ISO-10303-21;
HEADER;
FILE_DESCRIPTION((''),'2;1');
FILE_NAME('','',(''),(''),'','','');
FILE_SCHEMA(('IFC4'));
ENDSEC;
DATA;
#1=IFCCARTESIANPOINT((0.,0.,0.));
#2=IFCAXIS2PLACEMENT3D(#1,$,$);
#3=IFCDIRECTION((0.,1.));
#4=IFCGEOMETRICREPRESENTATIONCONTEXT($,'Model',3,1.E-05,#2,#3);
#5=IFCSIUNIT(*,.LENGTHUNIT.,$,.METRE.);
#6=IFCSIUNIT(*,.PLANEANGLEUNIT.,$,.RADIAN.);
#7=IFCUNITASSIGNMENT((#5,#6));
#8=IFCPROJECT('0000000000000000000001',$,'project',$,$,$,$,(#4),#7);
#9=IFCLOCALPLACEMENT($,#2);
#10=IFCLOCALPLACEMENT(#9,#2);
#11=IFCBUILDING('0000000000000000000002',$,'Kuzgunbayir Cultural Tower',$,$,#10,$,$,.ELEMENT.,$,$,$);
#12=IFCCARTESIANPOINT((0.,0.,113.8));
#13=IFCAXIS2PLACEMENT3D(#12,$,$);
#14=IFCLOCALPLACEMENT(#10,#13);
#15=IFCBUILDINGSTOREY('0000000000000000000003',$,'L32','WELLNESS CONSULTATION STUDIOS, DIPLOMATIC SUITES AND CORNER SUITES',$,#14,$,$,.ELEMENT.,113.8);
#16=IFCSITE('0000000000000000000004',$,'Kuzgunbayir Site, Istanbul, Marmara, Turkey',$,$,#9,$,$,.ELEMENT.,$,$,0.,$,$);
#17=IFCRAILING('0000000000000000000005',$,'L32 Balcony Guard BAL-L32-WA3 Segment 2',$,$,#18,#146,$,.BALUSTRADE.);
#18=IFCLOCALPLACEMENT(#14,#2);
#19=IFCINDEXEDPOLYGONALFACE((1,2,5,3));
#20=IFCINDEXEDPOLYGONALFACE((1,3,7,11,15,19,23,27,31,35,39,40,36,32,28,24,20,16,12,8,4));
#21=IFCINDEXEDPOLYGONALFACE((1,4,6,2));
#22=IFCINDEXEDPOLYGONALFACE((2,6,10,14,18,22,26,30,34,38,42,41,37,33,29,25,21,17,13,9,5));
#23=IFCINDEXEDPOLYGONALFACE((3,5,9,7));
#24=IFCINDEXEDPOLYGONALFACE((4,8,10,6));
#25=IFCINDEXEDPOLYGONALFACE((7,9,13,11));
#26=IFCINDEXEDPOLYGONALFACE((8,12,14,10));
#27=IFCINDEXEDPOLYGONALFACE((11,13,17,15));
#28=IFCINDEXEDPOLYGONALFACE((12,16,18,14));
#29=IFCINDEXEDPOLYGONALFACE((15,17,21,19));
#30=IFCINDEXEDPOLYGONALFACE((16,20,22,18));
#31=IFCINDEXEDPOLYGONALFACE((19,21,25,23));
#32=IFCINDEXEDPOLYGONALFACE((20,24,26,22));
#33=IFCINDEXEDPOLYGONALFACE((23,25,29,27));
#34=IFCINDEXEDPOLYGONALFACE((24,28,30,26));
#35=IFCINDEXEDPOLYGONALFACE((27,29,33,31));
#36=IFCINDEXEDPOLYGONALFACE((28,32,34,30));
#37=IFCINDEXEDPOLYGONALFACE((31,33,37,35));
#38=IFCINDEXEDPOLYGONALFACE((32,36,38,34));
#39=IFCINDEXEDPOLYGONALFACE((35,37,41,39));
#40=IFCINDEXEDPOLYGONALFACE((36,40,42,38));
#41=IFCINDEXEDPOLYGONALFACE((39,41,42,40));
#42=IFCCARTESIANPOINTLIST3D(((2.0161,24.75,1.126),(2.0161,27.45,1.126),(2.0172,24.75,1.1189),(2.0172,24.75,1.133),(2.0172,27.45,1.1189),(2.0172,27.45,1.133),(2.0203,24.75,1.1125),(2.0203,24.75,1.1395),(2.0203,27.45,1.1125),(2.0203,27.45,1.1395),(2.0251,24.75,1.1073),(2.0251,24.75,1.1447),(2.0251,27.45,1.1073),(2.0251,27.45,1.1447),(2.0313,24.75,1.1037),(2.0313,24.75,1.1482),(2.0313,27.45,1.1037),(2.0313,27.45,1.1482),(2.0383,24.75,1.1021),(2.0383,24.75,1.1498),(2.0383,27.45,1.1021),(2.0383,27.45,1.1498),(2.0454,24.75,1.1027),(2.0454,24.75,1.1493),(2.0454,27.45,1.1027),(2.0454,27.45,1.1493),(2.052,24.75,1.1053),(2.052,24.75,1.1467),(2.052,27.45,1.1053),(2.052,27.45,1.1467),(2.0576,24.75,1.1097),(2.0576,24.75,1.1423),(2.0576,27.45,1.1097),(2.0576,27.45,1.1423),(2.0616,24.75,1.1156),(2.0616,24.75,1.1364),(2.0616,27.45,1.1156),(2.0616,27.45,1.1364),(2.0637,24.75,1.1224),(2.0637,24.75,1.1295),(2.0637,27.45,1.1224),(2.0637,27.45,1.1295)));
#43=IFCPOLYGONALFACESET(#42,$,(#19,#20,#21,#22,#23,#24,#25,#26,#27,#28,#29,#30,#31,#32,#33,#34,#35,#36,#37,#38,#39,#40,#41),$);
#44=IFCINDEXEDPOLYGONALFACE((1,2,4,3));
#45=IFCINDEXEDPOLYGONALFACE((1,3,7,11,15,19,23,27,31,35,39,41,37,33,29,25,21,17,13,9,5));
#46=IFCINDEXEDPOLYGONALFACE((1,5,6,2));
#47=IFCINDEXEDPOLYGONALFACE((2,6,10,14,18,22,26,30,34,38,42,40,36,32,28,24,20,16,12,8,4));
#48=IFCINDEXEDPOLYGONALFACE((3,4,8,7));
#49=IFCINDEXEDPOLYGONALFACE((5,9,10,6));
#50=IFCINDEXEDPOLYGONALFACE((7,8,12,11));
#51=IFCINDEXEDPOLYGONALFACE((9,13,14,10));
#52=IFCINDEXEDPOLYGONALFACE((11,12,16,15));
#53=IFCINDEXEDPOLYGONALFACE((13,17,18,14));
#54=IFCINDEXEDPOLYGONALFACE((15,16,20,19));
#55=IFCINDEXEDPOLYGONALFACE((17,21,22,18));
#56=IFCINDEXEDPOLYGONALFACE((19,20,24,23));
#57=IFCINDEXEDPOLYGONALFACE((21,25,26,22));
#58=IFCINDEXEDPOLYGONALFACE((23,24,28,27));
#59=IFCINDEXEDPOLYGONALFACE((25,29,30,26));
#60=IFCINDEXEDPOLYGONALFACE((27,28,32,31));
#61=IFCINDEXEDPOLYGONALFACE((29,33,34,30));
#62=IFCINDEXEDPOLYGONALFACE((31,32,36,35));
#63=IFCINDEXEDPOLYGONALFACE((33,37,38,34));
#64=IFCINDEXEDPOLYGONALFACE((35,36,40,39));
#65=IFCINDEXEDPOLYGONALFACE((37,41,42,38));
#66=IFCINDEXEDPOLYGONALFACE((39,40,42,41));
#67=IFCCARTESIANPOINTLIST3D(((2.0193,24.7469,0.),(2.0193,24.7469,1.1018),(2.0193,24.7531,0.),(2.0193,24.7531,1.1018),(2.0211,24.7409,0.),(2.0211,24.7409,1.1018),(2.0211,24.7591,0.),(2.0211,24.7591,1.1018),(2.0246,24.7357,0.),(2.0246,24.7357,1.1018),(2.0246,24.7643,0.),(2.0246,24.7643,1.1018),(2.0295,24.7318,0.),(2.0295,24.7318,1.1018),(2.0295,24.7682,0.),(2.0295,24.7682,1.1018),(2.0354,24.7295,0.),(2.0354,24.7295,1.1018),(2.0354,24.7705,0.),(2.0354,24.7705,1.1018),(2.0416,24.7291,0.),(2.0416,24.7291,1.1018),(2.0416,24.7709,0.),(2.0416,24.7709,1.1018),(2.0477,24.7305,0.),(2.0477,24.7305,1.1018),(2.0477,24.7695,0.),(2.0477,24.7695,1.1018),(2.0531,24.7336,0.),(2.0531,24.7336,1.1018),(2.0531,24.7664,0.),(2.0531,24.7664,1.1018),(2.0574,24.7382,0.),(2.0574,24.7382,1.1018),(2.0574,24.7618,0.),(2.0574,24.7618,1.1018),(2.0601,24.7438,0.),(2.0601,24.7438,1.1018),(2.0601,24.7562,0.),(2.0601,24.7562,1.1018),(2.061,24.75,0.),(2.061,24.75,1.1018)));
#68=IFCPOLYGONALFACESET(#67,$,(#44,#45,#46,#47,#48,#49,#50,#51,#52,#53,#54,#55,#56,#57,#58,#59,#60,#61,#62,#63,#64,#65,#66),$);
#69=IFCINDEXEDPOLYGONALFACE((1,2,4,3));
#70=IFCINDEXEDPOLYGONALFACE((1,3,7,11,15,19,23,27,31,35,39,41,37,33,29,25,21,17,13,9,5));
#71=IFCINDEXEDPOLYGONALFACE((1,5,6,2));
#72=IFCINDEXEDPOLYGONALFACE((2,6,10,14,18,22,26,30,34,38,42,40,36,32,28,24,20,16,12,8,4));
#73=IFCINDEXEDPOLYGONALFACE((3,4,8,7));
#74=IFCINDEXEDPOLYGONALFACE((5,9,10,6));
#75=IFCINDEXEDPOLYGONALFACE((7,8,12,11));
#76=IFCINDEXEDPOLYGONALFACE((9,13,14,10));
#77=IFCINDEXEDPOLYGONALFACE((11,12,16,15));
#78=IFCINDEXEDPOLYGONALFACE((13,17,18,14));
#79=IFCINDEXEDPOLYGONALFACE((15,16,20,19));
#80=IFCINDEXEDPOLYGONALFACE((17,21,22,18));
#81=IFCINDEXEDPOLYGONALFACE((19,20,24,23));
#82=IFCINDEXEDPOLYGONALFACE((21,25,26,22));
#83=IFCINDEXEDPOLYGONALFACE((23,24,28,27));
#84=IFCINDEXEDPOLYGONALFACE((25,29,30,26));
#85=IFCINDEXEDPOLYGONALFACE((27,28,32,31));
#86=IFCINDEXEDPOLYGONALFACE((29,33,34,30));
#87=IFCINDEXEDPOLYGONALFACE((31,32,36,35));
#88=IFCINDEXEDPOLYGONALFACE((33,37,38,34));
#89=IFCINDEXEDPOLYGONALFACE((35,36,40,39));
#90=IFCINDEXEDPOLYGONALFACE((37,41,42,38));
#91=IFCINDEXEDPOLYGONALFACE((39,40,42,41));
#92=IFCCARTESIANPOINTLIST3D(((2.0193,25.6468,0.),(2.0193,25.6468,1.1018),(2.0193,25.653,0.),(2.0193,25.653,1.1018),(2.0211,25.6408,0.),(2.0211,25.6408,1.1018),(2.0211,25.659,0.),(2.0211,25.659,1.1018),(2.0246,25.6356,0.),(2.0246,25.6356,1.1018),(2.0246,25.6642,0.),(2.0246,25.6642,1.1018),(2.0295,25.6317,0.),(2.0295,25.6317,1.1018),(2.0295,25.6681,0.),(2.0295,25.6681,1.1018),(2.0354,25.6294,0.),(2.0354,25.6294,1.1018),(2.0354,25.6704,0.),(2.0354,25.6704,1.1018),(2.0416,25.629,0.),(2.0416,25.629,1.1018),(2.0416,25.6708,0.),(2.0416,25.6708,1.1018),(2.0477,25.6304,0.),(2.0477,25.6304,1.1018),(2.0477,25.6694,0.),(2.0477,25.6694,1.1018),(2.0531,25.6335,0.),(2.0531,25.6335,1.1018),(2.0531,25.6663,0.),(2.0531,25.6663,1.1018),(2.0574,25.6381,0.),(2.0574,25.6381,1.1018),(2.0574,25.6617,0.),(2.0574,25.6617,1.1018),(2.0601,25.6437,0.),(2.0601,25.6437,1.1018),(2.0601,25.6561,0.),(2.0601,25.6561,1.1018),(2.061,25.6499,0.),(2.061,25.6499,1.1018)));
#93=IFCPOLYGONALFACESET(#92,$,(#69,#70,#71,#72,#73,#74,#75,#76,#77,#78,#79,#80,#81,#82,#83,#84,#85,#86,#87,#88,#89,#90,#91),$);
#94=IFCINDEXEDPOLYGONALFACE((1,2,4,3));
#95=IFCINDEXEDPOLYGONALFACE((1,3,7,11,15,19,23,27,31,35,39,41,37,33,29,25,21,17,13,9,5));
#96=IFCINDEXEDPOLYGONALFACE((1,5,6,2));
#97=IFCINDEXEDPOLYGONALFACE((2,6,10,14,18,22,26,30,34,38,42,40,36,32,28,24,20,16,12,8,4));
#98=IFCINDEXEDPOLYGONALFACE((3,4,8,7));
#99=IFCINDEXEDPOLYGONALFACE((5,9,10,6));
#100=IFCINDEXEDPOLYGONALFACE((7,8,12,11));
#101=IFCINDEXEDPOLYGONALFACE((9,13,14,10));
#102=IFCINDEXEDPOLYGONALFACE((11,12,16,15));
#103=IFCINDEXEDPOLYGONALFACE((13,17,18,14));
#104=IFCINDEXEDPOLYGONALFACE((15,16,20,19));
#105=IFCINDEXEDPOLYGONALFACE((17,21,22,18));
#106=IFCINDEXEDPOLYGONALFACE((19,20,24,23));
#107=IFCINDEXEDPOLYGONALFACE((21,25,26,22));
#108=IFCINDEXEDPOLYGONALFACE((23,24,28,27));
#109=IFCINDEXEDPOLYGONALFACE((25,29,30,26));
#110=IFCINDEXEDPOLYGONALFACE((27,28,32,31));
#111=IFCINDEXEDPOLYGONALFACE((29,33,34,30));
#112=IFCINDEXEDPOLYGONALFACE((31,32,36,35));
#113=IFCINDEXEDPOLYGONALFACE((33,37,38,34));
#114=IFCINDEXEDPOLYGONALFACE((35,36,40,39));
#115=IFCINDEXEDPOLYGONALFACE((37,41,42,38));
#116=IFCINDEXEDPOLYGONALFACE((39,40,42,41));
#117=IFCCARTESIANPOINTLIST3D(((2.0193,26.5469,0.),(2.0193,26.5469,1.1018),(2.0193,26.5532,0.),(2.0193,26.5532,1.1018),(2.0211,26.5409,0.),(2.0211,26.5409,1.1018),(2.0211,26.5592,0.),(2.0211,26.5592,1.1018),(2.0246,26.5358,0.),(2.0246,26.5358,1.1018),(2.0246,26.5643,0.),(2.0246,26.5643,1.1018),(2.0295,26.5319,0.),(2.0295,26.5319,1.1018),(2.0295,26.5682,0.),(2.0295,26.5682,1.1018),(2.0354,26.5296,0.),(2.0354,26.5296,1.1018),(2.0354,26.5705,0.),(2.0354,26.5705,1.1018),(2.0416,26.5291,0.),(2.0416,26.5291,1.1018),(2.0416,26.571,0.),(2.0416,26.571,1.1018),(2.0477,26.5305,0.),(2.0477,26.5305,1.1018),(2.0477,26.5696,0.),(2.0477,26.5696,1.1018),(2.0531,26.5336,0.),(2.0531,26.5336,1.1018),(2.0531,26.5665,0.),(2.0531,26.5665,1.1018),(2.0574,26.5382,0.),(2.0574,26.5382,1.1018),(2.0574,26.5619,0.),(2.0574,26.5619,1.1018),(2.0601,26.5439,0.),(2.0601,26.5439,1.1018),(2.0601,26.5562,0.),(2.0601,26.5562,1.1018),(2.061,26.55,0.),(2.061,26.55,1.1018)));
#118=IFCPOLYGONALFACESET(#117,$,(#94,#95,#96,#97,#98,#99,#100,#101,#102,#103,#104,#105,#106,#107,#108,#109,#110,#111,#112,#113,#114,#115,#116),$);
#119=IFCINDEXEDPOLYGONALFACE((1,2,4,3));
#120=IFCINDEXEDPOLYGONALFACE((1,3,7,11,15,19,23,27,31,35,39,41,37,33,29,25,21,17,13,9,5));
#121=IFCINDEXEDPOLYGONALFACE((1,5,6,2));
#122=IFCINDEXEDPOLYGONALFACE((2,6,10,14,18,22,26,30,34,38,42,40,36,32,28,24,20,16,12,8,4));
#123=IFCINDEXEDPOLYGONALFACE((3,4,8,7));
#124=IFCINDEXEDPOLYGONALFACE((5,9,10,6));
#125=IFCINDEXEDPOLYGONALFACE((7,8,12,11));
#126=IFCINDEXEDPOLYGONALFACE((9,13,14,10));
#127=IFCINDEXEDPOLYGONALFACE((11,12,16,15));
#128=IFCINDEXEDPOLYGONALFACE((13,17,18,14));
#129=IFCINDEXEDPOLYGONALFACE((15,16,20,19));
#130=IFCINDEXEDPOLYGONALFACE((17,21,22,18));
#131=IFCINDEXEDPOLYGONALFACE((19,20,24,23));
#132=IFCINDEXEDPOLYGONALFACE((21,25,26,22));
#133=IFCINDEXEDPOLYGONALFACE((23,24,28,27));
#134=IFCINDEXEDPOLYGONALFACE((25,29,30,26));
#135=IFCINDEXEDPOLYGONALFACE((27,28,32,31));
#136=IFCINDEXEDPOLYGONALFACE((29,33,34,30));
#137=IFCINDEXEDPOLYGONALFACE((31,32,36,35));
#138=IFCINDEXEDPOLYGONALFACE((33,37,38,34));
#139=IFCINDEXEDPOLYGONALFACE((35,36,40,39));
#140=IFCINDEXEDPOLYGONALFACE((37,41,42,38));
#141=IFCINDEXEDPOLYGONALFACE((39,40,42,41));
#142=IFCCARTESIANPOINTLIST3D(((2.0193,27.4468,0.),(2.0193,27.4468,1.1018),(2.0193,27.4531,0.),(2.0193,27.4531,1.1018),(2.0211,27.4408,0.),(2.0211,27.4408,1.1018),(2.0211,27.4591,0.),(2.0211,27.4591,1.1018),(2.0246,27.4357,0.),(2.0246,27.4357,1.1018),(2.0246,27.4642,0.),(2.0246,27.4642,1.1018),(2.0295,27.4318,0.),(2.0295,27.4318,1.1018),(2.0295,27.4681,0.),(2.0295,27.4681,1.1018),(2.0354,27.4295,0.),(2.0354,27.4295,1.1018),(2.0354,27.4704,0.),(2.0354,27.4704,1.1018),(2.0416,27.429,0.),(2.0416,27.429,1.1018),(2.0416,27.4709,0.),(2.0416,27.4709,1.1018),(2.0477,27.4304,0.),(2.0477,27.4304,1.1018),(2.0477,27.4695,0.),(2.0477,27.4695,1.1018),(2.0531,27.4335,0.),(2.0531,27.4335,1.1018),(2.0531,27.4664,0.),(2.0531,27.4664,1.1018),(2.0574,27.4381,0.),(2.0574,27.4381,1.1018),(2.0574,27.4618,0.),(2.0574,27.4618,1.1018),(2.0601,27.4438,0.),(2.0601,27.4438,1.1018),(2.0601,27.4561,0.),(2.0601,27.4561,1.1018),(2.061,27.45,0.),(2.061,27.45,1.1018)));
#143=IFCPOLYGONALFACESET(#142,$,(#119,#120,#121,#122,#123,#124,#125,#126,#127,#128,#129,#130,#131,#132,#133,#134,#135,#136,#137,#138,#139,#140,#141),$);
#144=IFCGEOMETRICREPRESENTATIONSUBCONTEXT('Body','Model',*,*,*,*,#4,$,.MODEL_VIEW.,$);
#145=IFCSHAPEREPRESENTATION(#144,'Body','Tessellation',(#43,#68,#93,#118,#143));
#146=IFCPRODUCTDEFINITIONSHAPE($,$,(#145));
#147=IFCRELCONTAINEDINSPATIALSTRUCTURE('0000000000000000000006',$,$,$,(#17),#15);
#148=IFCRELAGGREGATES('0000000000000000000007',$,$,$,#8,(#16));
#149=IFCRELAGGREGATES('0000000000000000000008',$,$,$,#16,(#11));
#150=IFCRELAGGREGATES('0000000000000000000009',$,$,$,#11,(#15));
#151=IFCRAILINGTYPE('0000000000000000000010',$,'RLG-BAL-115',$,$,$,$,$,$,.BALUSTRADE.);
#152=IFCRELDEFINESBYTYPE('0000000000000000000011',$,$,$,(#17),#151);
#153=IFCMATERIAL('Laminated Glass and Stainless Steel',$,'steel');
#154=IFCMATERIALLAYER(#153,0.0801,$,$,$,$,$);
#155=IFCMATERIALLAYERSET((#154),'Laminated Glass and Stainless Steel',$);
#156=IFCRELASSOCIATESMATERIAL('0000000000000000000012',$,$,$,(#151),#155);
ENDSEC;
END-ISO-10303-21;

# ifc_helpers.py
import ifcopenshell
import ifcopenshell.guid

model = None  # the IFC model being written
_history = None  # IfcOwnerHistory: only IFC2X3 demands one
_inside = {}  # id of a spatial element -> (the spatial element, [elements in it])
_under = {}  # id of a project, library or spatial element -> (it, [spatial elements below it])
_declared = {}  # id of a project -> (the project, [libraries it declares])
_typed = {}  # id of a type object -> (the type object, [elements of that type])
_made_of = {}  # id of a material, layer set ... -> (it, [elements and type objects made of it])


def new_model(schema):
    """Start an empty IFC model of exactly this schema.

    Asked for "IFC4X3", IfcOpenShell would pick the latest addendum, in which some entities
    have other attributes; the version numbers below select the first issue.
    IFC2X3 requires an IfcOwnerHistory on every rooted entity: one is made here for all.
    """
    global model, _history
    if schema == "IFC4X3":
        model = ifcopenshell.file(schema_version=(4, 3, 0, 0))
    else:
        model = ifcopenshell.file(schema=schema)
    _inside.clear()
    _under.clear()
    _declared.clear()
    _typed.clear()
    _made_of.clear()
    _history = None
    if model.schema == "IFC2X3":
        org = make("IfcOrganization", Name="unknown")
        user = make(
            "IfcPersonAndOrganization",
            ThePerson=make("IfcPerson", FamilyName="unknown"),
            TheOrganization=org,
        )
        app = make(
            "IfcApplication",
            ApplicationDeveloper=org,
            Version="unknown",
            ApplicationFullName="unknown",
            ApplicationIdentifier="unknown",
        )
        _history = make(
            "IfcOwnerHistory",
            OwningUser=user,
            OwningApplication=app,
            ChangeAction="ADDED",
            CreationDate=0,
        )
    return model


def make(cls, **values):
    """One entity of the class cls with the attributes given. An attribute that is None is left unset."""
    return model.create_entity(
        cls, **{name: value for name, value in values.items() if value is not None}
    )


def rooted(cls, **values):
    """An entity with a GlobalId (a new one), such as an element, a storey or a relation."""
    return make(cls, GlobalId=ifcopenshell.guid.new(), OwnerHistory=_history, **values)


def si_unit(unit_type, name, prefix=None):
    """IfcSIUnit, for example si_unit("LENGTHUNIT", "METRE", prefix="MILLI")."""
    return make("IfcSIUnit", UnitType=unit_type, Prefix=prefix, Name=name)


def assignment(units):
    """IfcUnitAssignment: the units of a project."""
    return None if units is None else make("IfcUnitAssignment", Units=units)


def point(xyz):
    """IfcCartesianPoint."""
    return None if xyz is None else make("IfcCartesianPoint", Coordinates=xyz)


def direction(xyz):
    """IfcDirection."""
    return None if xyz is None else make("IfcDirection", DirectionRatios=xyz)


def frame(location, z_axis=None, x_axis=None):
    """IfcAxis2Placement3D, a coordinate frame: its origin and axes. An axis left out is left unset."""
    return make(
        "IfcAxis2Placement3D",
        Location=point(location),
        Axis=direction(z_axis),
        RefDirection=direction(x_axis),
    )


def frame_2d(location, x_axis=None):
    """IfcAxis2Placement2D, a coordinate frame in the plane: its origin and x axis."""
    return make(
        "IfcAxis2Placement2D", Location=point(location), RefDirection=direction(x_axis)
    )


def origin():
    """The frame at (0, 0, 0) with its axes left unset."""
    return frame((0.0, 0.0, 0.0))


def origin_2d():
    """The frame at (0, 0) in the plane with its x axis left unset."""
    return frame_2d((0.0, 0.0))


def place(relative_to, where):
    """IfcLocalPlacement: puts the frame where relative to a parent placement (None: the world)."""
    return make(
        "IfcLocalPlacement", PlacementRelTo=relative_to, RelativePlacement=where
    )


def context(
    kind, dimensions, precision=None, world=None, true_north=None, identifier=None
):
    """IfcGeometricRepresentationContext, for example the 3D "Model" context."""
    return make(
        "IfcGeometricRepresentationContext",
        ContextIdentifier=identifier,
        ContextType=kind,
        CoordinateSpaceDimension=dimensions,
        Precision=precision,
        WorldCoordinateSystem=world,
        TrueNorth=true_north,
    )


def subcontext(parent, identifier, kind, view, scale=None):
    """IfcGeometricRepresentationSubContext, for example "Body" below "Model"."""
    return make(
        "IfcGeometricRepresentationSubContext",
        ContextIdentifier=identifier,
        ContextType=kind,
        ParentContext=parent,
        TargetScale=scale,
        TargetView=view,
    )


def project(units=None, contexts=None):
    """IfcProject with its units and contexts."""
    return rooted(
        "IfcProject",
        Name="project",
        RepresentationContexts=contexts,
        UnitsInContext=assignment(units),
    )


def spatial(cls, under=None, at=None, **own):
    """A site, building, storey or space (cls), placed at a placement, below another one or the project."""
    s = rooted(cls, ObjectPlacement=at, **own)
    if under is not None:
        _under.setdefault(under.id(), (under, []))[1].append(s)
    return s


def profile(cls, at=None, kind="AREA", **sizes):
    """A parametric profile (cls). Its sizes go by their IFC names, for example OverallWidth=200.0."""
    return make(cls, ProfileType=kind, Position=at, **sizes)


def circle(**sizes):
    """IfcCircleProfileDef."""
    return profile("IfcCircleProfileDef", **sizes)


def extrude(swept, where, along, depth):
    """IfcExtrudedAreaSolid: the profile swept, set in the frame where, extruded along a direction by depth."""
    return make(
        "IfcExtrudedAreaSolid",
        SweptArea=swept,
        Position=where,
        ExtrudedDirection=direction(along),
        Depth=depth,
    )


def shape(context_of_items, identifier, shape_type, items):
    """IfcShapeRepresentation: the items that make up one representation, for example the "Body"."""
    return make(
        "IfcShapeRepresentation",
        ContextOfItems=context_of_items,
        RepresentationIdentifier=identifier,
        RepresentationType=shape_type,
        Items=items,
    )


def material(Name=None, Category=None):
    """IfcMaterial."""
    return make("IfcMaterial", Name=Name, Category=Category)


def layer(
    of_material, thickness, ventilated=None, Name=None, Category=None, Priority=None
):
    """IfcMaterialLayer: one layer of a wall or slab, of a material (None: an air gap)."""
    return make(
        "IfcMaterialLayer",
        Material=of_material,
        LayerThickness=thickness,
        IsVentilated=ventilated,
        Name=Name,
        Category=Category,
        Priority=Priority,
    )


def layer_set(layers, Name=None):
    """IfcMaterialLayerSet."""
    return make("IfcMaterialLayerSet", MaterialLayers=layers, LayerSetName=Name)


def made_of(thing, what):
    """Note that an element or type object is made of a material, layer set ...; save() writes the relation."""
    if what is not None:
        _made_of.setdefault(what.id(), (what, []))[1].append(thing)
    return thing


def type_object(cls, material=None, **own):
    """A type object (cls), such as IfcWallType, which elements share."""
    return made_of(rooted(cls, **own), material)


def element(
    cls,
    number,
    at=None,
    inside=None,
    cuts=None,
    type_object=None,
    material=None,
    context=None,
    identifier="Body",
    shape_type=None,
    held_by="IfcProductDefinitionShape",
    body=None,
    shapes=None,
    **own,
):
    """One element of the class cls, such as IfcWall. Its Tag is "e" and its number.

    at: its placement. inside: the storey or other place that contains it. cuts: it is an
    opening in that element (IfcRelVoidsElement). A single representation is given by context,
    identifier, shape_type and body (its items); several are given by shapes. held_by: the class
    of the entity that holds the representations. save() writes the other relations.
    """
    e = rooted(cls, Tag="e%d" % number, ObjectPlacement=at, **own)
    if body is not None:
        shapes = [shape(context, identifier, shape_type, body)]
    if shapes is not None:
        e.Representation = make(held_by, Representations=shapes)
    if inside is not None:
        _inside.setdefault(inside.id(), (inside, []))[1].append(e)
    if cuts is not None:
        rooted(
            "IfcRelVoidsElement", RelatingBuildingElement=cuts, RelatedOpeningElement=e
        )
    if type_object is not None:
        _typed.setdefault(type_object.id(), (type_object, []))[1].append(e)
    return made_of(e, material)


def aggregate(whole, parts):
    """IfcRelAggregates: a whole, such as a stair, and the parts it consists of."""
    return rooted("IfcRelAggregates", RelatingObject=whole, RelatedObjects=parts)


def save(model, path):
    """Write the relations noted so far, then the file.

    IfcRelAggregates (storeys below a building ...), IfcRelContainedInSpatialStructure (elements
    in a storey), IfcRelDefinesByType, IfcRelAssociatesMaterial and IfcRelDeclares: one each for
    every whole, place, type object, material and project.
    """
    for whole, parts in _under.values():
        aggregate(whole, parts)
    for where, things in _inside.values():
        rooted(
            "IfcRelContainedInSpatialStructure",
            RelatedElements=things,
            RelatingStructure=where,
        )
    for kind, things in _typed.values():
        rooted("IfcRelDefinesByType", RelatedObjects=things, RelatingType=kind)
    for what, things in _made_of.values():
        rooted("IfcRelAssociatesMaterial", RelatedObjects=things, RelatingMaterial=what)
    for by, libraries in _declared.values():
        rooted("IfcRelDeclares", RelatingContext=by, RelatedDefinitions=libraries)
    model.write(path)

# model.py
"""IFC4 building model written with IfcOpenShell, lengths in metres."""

from ifc_helpers import new_model, si_unit, direction, frame, origin, origin_2d, place, context, subcontext, project, spatial, circle, extrude, material, layer, layer_set, type_object, element, save


model = new_model("IFC4")

# Units and contexts
model_context = context("Model", 3, precision=1e-05, world=origin(), true_north=direction((0.0, 1.0)))
body_context = subcontext(model_context, "Body", "Model", "MODEL_VIEW")
ifc_project = project(units=[si_unit("LENGTHUNIT", "METRE"), si_unit("PLANEANGLEUNIT", "RADIAN")], contexts=[model_context])

# Site, building, storey
site_placement = place(None, origin())
site = spatial("IfcSite", under=ifc_project, at=site_placement, Name="Kuzgunbayir Site, Istanbul, Marmara, Turkey", CompositionType="ELEMENT", RefElevation=0.0)
building_placement = place(site_placement, origin())
building = spatial("IfcBuilding", under=site, at=building_placement, Name="Kuzgunbayir Cultural Tower", CompositionType="ELEMENT")
storey_placement = place(building_placement, frame((0.0, 0.0, 113.8)))
storey = spatial("IfcBuildingStorey", under=building, at=storey_placement, Name="L32", Description="WELLNESS CONSULTATION STUDIOS, DIPLOMATIC SUITES AND CORNER SUITES", CompositionType="ELEMENT", Elevation=113.8)

# Railing
ifc_material_1 = material(Name="Laminated Glass and Stainless Steel", Category="steel")
ifc_layer_1 = layer(ifc_material_1, 0.0801)
ifc_layer_set_1 = layer_set([ifc_layer_1], Name="Laminated Glass and Stainless Steel")
railing_type = type_object("IfcRailingType", Name="RLG-BAL-115", PredefinedType="BALUSTRADE", material=ifc_layer_set_1)
railing_1_placement = place(storey_placement, frame((2.04, 24.75, 0.0)))
element("IfcRailing", 1, at=railing_1_placement, inside=storey, type_object=railing_type, Name="L32 Balcony Guard BAL-L32-WA3 Segment 2", PredefinedType="BALUSTRADE", context=body_context, shape_type="SweptSolid", body=[
    extrude(circle(Radius=0.0239, at=origin_2d()), frame((0.0, 0.0, 1.126), z_axis=(0.0, 1.0, 0.0), x_axis=(-1.0, 0.0, 0.0)), (0.0, 0.0, 1.0), 2.7),
    extrude(circle(Radius=0.021, at=origin_2d()), origin(), (0.0, 0.0, 1.0), 1.1018),
    extrude(circle(Radius=0.021, at=origin_2d()), frame((0.0, 0.8999, 0.0)), (0.0, 0.0, 1.0), 1.1018),
    extrude(circle(Radius=0.021, at=origin_2d()), frame((0.0, 1.8, 0.0)), (0.0, 0.0, 1.0), 1.1018),
    extrude(circle(Radius=0.021, at=origin_2d()), frame((0.0, 2.7, 0.0)), (0.0, 0.0, 1.0), 1.1018),
])

save(model, "model.ifc")
